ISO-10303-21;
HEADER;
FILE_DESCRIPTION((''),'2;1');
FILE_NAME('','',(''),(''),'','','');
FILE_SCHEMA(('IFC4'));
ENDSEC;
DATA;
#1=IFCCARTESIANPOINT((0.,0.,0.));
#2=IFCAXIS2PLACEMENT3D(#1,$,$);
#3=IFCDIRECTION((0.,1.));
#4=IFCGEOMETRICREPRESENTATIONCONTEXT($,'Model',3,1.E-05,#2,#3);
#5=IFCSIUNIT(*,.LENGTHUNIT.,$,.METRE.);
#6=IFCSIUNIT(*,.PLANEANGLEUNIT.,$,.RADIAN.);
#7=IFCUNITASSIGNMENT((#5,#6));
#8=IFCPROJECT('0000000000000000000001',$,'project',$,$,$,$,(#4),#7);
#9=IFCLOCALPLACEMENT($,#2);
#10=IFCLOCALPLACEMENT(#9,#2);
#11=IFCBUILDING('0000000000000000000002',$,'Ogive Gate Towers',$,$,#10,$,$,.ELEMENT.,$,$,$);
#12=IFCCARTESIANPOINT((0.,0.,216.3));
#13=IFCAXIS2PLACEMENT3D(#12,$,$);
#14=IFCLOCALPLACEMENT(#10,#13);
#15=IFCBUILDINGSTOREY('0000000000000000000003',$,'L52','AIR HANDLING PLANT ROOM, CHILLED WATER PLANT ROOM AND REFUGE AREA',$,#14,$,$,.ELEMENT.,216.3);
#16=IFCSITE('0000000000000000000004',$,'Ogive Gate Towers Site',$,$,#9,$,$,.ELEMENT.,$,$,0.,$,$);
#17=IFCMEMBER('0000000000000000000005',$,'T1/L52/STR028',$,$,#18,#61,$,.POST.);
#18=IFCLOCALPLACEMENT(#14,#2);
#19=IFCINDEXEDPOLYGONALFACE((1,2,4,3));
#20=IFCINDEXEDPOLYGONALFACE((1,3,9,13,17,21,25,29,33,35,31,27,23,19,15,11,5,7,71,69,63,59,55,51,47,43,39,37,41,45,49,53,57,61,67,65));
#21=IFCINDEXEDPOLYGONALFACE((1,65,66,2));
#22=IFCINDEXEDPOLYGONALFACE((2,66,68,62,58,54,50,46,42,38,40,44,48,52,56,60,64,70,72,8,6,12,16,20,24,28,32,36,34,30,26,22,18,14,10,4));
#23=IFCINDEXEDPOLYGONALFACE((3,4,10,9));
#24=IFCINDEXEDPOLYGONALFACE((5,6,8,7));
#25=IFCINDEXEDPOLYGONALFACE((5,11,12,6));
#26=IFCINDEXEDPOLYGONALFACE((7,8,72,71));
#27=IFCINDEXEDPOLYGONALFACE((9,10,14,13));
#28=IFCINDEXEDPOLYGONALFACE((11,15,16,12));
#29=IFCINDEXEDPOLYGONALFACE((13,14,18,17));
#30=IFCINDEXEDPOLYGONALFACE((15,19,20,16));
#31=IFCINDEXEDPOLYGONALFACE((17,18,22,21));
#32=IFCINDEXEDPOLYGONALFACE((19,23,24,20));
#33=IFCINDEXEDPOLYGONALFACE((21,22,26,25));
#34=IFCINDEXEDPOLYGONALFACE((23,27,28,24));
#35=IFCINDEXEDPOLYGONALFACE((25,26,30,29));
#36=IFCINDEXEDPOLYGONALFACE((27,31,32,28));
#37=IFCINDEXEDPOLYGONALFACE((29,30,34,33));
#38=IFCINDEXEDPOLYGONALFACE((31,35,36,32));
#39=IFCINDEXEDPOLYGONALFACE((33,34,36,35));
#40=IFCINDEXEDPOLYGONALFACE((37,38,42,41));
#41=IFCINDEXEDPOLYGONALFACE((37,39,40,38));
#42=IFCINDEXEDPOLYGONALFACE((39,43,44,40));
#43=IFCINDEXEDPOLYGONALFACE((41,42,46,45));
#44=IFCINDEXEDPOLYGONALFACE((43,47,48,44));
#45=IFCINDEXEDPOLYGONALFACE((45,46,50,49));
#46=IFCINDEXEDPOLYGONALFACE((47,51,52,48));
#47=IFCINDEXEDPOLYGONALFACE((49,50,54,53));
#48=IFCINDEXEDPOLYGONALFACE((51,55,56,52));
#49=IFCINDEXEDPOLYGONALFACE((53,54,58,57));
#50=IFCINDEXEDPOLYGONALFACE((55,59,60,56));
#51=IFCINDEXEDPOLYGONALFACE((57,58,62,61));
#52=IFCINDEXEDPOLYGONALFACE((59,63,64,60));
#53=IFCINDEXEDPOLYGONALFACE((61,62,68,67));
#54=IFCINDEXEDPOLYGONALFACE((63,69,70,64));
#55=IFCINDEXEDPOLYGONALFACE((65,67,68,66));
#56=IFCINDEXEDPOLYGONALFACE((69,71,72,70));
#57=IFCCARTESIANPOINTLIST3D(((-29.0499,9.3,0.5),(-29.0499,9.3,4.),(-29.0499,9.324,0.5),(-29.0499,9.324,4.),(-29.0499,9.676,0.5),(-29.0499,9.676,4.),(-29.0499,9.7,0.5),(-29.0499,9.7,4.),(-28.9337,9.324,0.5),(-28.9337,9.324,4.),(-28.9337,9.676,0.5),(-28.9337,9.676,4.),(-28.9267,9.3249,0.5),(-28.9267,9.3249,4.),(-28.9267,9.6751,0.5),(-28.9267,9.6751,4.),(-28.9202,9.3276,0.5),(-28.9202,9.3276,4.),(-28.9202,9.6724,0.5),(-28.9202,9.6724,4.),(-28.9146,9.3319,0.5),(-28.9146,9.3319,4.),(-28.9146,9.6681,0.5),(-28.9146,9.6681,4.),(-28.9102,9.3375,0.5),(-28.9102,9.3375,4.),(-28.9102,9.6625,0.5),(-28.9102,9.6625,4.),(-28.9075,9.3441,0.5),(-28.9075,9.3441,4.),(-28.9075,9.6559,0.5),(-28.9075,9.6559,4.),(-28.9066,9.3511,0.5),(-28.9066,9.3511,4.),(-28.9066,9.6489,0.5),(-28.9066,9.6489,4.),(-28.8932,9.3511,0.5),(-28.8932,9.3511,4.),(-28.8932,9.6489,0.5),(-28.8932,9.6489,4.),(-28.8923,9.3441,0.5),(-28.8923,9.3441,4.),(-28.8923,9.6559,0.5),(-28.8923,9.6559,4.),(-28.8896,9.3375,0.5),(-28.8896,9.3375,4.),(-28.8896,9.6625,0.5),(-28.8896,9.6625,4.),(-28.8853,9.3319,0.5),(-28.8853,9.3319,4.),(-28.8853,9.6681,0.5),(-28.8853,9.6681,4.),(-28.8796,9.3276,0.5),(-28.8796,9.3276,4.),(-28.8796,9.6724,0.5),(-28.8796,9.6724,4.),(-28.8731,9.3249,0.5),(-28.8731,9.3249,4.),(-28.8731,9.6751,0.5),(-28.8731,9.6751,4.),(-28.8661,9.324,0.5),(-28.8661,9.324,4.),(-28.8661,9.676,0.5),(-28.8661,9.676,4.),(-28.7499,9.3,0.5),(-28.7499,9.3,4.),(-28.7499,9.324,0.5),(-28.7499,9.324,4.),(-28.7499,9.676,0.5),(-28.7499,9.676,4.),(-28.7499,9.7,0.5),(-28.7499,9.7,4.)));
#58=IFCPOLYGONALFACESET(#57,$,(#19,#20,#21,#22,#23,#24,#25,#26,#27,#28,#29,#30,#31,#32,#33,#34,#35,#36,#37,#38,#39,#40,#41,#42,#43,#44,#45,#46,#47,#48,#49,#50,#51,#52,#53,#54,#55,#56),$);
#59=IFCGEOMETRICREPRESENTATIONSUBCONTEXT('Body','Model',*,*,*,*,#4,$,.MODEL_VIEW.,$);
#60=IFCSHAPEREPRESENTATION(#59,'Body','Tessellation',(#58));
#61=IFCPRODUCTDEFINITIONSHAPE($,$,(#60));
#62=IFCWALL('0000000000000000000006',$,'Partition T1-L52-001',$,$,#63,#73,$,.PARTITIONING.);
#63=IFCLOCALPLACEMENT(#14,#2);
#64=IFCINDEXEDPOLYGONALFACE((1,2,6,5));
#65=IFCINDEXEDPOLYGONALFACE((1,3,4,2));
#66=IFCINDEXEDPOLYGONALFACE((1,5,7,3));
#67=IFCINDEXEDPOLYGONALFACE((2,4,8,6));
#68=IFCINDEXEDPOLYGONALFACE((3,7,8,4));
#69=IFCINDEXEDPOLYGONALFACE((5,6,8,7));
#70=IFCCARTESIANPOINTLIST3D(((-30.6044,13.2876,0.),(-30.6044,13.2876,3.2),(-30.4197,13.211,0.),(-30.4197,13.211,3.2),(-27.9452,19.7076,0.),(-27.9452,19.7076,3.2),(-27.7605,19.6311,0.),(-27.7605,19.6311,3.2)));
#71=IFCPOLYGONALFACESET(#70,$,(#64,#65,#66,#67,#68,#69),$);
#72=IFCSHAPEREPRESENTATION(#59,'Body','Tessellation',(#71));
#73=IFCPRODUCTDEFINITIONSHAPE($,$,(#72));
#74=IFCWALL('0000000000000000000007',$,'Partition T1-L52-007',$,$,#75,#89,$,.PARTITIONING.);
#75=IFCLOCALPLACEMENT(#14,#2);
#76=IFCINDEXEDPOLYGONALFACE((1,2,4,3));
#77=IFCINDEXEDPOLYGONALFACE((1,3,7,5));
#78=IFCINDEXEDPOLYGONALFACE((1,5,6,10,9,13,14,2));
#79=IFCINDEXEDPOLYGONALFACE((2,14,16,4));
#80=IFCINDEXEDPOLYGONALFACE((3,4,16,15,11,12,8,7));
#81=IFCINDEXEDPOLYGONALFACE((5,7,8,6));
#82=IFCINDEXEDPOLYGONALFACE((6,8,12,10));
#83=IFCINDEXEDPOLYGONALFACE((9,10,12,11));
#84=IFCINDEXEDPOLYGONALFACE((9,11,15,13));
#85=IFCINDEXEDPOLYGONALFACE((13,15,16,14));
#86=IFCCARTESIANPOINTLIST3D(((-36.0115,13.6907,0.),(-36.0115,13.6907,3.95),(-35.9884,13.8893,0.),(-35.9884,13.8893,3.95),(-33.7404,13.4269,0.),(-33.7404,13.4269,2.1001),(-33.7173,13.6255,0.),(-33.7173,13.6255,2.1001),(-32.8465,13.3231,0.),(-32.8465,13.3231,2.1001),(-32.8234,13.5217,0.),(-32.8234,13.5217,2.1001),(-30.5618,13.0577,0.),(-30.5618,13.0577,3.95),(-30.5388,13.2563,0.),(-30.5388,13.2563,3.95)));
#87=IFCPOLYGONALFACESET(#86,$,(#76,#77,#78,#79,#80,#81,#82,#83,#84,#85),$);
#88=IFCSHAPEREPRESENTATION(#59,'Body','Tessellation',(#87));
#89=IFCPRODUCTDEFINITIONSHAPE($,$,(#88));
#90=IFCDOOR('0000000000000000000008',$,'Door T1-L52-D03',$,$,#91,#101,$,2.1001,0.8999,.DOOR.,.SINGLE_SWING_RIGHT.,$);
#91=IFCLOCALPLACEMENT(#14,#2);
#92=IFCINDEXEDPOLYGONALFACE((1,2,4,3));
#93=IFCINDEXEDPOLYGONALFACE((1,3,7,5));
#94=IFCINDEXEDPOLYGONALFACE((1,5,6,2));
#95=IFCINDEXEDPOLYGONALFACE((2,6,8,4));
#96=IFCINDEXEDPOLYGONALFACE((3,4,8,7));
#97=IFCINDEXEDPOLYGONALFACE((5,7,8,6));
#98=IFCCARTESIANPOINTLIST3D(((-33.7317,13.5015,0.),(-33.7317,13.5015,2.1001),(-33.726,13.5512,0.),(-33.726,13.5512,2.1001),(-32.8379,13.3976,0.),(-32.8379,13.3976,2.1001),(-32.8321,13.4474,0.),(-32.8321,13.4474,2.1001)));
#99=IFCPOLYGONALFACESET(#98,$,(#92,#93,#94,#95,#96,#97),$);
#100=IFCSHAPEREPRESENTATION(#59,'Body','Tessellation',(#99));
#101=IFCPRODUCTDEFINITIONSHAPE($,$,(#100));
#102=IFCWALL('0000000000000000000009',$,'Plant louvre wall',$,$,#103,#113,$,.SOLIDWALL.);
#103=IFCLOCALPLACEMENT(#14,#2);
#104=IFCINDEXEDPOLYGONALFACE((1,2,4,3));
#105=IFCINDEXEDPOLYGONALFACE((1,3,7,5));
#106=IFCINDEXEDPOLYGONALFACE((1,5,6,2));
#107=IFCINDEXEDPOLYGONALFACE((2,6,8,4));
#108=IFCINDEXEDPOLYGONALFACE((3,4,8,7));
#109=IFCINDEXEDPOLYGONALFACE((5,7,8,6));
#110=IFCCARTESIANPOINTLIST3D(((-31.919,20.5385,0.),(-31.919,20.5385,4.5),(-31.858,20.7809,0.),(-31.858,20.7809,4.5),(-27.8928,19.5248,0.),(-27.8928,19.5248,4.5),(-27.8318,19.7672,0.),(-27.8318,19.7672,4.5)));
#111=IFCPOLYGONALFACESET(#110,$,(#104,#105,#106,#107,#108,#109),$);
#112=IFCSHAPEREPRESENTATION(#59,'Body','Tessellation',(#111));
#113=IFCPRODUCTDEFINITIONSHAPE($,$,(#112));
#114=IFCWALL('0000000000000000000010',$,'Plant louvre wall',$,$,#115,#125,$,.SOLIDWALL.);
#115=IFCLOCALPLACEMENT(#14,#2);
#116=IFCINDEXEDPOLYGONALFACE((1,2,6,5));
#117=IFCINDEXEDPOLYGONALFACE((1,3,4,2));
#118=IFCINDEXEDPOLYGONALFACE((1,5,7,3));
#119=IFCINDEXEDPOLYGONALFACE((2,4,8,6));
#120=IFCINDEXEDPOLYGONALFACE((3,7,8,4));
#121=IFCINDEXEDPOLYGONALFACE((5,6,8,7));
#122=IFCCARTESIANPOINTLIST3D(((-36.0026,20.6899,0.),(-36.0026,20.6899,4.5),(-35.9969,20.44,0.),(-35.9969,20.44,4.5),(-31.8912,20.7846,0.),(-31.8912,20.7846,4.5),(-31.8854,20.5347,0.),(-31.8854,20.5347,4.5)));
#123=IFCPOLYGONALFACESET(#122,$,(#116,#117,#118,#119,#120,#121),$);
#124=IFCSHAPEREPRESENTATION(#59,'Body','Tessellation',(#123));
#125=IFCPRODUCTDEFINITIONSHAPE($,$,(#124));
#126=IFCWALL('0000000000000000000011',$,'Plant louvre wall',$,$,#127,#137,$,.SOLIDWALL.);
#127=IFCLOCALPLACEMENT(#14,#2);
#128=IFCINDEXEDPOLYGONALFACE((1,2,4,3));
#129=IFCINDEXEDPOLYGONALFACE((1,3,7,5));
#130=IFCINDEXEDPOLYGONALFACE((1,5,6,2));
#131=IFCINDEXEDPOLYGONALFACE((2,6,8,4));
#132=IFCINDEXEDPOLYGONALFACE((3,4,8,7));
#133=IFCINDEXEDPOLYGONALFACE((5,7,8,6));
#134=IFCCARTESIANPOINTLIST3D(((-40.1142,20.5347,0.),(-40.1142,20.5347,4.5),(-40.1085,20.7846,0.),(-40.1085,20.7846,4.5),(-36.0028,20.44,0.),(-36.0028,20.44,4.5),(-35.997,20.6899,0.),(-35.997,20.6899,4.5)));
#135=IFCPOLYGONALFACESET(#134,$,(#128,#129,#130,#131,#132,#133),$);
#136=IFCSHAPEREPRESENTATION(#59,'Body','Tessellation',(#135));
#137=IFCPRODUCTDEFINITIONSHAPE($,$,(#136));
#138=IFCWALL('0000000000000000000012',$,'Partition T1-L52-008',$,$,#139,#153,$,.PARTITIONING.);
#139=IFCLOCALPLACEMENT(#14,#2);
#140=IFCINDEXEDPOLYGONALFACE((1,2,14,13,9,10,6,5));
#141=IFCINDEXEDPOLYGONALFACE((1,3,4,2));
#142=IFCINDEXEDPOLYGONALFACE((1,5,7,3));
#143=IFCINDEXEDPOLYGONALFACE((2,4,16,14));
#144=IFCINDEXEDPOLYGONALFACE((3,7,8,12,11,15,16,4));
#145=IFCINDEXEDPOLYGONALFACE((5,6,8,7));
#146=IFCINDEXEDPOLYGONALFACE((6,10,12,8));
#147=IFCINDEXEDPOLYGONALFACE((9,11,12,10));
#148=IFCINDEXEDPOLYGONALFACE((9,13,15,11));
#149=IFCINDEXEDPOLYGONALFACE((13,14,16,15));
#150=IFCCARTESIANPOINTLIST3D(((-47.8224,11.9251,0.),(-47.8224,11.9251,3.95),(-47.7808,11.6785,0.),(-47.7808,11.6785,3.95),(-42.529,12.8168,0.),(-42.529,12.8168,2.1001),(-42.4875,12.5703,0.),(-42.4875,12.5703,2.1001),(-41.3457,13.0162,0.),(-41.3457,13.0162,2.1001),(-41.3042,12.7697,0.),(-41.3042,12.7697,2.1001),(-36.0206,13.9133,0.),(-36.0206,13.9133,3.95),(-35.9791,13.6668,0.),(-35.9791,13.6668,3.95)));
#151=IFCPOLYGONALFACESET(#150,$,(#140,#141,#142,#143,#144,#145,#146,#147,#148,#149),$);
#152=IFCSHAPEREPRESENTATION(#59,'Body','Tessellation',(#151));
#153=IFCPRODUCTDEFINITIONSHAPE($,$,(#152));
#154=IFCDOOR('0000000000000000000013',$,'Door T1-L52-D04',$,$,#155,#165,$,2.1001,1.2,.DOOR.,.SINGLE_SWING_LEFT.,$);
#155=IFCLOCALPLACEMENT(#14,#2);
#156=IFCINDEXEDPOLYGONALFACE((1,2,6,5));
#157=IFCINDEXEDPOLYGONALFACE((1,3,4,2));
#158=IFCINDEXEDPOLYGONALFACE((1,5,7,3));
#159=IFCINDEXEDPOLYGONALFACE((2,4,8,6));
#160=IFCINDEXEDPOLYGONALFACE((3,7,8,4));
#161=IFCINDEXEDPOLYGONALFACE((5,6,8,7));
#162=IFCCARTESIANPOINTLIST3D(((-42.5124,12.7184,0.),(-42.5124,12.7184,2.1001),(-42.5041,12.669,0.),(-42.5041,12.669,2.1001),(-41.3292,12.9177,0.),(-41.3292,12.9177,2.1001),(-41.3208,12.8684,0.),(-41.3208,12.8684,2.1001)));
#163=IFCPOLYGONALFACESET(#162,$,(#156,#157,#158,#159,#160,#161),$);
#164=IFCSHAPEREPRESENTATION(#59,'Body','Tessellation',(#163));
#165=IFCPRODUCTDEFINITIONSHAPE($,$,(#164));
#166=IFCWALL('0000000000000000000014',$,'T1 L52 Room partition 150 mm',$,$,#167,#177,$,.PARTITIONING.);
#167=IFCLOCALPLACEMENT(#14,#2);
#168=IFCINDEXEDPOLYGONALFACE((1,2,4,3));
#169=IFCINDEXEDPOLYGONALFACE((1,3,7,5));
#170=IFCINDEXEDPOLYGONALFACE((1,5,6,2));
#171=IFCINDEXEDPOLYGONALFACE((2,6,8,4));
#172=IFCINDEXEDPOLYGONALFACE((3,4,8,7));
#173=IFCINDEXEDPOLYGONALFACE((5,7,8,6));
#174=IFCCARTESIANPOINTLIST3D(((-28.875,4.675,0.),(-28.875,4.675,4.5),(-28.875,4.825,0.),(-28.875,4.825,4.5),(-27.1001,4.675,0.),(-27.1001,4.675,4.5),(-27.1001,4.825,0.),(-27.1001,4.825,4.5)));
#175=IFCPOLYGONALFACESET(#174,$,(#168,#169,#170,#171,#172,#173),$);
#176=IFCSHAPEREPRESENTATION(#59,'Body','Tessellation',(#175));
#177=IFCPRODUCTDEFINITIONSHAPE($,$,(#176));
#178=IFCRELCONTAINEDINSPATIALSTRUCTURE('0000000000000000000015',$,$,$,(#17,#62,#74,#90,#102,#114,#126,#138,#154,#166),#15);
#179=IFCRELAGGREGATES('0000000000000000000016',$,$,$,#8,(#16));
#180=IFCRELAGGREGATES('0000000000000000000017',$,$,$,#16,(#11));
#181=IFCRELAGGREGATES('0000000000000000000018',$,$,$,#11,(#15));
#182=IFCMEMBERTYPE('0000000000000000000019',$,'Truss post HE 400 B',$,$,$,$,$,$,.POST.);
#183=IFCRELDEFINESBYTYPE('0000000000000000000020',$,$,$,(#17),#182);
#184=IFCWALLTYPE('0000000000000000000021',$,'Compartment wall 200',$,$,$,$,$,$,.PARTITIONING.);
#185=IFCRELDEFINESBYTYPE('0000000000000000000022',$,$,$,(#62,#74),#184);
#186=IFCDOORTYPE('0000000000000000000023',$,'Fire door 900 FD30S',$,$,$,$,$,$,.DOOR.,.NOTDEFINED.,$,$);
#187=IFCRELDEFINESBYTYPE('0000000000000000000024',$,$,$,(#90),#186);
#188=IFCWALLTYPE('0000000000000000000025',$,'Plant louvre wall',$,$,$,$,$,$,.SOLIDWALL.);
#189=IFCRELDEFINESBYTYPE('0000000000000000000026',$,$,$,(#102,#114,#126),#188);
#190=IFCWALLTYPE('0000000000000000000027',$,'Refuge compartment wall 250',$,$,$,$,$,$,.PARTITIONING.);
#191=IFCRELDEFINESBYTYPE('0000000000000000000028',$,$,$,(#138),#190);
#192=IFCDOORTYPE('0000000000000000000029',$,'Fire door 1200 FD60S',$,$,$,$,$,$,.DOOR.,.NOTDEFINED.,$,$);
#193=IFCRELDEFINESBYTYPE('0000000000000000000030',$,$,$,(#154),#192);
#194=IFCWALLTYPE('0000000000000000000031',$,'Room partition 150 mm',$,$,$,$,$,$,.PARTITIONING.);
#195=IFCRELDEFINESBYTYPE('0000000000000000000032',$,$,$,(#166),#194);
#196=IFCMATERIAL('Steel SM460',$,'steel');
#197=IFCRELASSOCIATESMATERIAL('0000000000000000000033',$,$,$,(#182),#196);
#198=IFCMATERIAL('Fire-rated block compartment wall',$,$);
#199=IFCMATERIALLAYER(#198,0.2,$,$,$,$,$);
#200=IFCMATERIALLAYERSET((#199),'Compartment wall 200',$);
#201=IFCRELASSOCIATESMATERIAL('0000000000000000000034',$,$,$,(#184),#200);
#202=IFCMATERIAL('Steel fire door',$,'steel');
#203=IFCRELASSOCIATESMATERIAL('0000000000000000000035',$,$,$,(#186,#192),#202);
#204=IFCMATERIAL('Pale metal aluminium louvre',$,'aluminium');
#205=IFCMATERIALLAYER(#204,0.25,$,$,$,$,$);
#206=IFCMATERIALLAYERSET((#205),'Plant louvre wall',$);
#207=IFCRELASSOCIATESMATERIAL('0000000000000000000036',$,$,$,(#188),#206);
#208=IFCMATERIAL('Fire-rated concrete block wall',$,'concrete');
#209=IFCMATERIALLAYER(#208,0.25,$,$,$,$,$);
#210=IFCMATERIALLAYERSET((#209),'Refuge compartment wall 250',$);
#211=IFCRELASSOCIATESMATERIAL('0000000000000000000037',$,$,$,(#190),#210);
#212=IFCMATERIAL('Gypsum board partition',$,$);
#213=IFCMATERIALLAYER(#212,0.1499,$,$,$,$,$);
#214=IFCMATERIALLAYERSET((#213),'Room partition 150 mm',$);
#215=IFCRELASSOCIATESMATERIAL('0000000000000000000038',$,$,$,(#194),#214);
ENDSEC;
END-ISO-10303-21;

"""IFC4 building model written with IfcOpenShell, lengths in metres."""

from ifc_helpers import new_model, si_unit, direction, frame, frame_2d, origin, origin_2d, place, context, subcontext, project, spatial, rectangle, i_section, extrude, material, layer, layer_set, material_profile, profile_set, type_object, element, fill, save


model = new_model("IFC4")

# Units and contexts
model_context = context("Model", 3, precision=1e-05, world=origin(), true_north=direction((0.0, 1.0)))
body_context = subcontext(model_context, "Body", "Model", "MODEL_VIEW")
ifc_project = project(units=[si_unit("LENGTHUNIT", "METRE"), si_unit("PLANEANGLEUNIT", "RADIAN")], contexts=[model_context])

# Site, building, storey
site_placement = place(None, origin())
site = spatial("IfcSite", under=ifc_project, at=site_placement, Name="Ogive Gate Towers Site", CompositionType="ELEMENT", RefElevation=0.0)
building_placement = place(site_placement, origin())
building = spatial("IfcBuilding", under=site, at=building_placement, Name="Ogive Gate Towers", CompositionType="ELEMENT")
storey_placement = place(building_placement, frame((0.0, 0.0, 216.3)))
storey = spatial("IfcBuildingStorey", under=building, at=storey_placement, Name="L52", Description="AIR HANDLING PLANT ROOM, CHILLED WATER PLANT ROOM AND REFUGE AREA", CompositionType="ELEMENT", Elevation=216.3)

# Shared definitions
ifc_material_1 = material(Name="Steel SM460", Category="steel")

# Member
ifc_material_profile_1 = material_profile(ifc_material_1, i_section(OverallWidth=0.3, OverallDepth=0.3999, WebThickness=0.0134, FlangeThickness=0.0239, FilletRadius=0.0271, at=origin_2d()), Name="HE 400 B")
ifc_profile_set_1 = profile_set([ifc_material_profile_1], Name="Steel SM460")
member_type_1 = type_object("IfcMemberType", Name="Truss post HE 400 B", PredefinedType="POST", material=ifc_profile_set_1)
member_1_placement = place(storey_placement, frame((-28.8999, 9.5, 0.5), z_axis=(0.0, 0.0, 1.0), x_axis=(1.0, 0.0, 0.0)))
element("IfcMember", 1, at=member_1_placement, inside=storey, type_object=member_type_1, Name="T1/L52/STR028", PredefinedType="POST", context=body_context, shape_type="SweptSolid", body=[
    extrude(i_section(OverallWidth=0.3, OverallDepth=0.3999, WebThickness=0.0134, FlangeThickness=0.0239, FilletRadius=0.0271, at=origin_2d()), origin(), (0.0, 0.0, 1.0), 3.5),
])

# Wall
ifc_material_2 = material(Name="Fire-rated block compartment wall")
ifc_layer_1 = layer(ifc_material_2, 0.2)
ifc_layer_set_1 = layer_set([ifc_layer_1], Name="Compartment wall 200")
wall_type_1 = type_object("IfcWallType", Name="Compartment wall 200", PredefinedType="PARTITIONING", material=ifc_layer_set_1)
wall_1_placement = place(storey_placement, frame((-27.8528, 19.6694, 0.0), z_axis=(0.0, 0.0, 1.0), x_axis=(-0.382679, -0.923882, 0.0)))
element("IfcWall", 2, at=wall_1_placement, inside=storey, type_object=wall_type_1, Name="Partition T1-L52-001", PredefinedType="PARTITIONING", context=body_context, shape_type="SweptSolid", body=[
    extrude(rectangle(XDim=6.949, YDim=0.2, at=frame_2d((3.4746, 0.0))), origin(), (0.0, 0.0, 1.0), 3.2),
])

# Wall, opening, door
wall_2_placement = place(storey_placement, frame((-30.5503, 13.157, 0.0), z_axis=(0.0, 0.0, 1.0), x_axis=(-0.993321, 0.115388, 0.0)))
wall_2 = element("IfcWall", 3, at=wall_2_placement, inside=storey, type_object=wall_type_1, Name="Partition T1-L52-007", PredefinedType="PARTITIONING", context=body_context, shape_type="SweptSolid", body=[
    extrude(rectangle(XDim=5.4863, YDim=0.2, at=frame_2d((2.7432, 0.0))), origin(), (0.0, 0.0, 1.0), 3.95),
])
opening_1_placement = place(wall_2_placement, frame((2.3, 0.0, 0.0)))
opening_1 = element("IfcOpeningElement", 4, at=opening_1_placement, cuts=wall_2, PredefinedType="OPENING", context=body_context, shape_type="SweptSolid", body=[
    extrude(rectangle(XDim=0.8999, YDim=2.1001, at=frame_2d((0.45, 1.05))), frame((0.0, 0.1099, 0.0), z_axis=(0.0, -1.0, 0.0), x_axis=(1.0, 0.0, 0.0)), (0.0, 0.0, 1.0), 0.22),
])
ifc_material_3 = material(Name="Steel fire door", Category="steel")
door_type_1 = type_object("IfcDoorType", Name="Fire door 900 FD30S", OperationType="NOTDEFINED", PredefinedType="DOOR", material=ifc_material_3)
door_1_placement = place(opening_1_placement, origin())
door_1 = element("IfcDoor", 5, at=door_1_placement, inside=storey, type_object=door_type_1, Name="Door T1-L52-D03", OperationType="SINGLE_SWING_RIGHT", OverallHeight=2.1001, OverallWidth=0.8999, PredefinedType="DOOR", context=body_context, shape_type="SweptSolid", body=[
    extrude(rectangle(XDim=0.8999, YDim=2.1001, at=frame_2d((0.45, 1.05))), frame((0.0, 0.0249, 0.0), z_axis=(0.0, -1.0, 0.0), x_axis=(1.0, 0.0, 0.0)), (0.0, 0.0, 1.0), 0.05),
])
fill(opening_1, door_1)

# Walls
ifc_material_4 = material(Name="Pale metal aluminium louvre", Category="aluminium")
ifc_layer_2 = layer(ifc_material_4, 0.25)
ifc_layer_set_2 = layer_set([ifc_layer_2], Name="Plant louvre wall")
wall_type_2 = type_object("IfcWallType", Name="Plant louvre wall", PredefinedType="SOLIDWALL", material=ifc_layer_set_2)
wall_3_placement = place(storey_placement, frame((-27.8623, 19.646, 0.0), z_axis=(0.0, 0.0, 1.0), x_axis=(-0.969736, 0.244154, 0.0)))
element("IfcWall", 6, at=wall_3_placement, inside=storey, type_object=wall_type_2, Name="Plant louvre wall", PredefinedType="SOLIDWALL", context=body_context, shape_type="SweptSolid", body=[
    extrude(rectangle(XDim=4.1519, YDim=0.25, at=frame_2d((2.0759, 0.0))), origin(), (0.0, 0.0, 1.0), 4.5),
])
for number, where, z_axis, x_axis, name in (
    (7, (-31.8884, 20.6597, 0.0), (0.0, 0.0, 1.0), (-0.999735, -0.023033, 0.0), "Plant louvre wall"),
    (8, (-36.0, 20.5649, 0.0), (0.0, 0.0, 1.0), (-0.999735, 0.023033, 0.0), "Plant louvre wall"),
):
    element("IfcWall", number, at=place(storey_placement, frame(where, z_axis=z_axis, x_axis=x_axis)), inside=storey, type_object=wall_type_2, Name=name, PredefinedType="SOLIDWALL", context=body_context, shape_type="SweptSolid", body=[
        extrude(rectangle(XDim=4.1125, YDim=0.25, at=frame_2d((2.0562, 0.0))), origin(), (0.0, 0.0, 1.0), 4.5),
    ])

# Wall, opening, door
ifc_material_5 = material(Name="Fire-rated concrete block wall", Category="concrete")
ifc_layer_3 = layer(ifc_material_5, 0.25)
ifc_layer_set_3 = layer_set([ifc_layer_3], Name="Refuge compartment wall 250")
wall_type_3 = type_object("IfcWallType", Name="Refuge compartment wall 250", PredefinedType="PARTITIONING", material=ifc_layer_set_3)
wall_4_placement = place(storey_placement, frame((-36.0, 13.79, 0.0), z_axis=(0.0, 0.0, 1.0), x_axis=(-0.986104, -0.166132, 0.0)))
wall_4 = element("IfcWall", 9, at=wall_4_placement, inside=storey, type_object=wall_type_3, Name="Partition T1-L52-008", PredefinedType="PARTITIONING", context=body_context, shape_type="SweptSolid", body=[
    extrude(rectangle(XDim=11.968, YDim=0.25, at=frame_2d((5.9839, 0.0))), origin(), (0.0, 0.0, 1.0), 3.95),
])
opening_2_placement = place(wall_4_placement, frame((5.3999, 0.0, 0.0)))
opening_2 = element("IfcOpeningElement", 10, at=opening_2_placement, cuts=wall_4, PredefinedType="OPENING", context=body_context, shape_type="SweptSolid", body=[
    extrude(rectangle(XDim=1.2, YDim=2.1001, at=frame_2d((0.6001, 1.05))), frame((0.0, 0.135, 0.0), z_axis=(0.0, -1.0, 0.0), x_axis=(1.0, 0.0, 0.0)), (0.0, 0.0, 1.0), 0.27),
])
door_type_2 = type_object("IfcDoorType", Name="Fire door 1200 FD60S", OperationType="NOTDEFINED", PredefinedType="DOOR", material=ifc_material_3)
door_2_placement = place(opening_2_placement, origin())
door_2 = element("IfcDoor", 11, at=door_2_placement, inside=storey, type_object=door_type_2, Name="Door T1-L52-D04", OperationType="SINGLE_SWING_LEFT", OverallHeight=2.1001, OverallWidth=1.2, PredefinedType="DOOR", context=body_context, shape_type="SweptSolid", body=[
    extrude(rectangle(XDim=1.2, YDim=2.1001, at=frame_2d((0.6001, 1.05))), frame((0.0, 0.0249, 0.0), z_axis=(0.0, -1.0, 0.0), x_axis=(1.0, 0.0, 0.0)), (0.0, 0.0, 1.0), 0.05),
])
fill(opening_2, door_2)

# Wall
ifc_material_6 = material(Name="Gypsum board partition")
ifc_layer_4 = layer(ifc_material_6, 0.1499)
ifc_layer_set_4 = layer_set([ifc_layer_4], Name="Room partition 150 mm")
wall_type_4 = type_object("IfcWallType", Name="Room partition 150 mm", PredefinedType="PARTITIONING", material=ifc_layer_set_4)
wall_5_placement = place(storey_placement, frame((-28.875, 4.75, 0.0), z_axis=(0.0, 0.0, 1.0), x_axis=(1.0, 0.0, 0.0)))
element("IfcWall", 12, at=wall_5_placement, inside=storey, type_object=wall_type_4, Name="T1 L52 Room partition 150 mm", PredefinedType="PARTITIONING", context=body_context, shape_type="SweptSolid", body=[
    extrude(rectangle(XDim=1.7749, YDim=0.1499, at=frame_2d((0.8875, 0.0))), origin(), (0.0, 0.0, 1.0), 4.5),
])

save(model, "model.ifc")
